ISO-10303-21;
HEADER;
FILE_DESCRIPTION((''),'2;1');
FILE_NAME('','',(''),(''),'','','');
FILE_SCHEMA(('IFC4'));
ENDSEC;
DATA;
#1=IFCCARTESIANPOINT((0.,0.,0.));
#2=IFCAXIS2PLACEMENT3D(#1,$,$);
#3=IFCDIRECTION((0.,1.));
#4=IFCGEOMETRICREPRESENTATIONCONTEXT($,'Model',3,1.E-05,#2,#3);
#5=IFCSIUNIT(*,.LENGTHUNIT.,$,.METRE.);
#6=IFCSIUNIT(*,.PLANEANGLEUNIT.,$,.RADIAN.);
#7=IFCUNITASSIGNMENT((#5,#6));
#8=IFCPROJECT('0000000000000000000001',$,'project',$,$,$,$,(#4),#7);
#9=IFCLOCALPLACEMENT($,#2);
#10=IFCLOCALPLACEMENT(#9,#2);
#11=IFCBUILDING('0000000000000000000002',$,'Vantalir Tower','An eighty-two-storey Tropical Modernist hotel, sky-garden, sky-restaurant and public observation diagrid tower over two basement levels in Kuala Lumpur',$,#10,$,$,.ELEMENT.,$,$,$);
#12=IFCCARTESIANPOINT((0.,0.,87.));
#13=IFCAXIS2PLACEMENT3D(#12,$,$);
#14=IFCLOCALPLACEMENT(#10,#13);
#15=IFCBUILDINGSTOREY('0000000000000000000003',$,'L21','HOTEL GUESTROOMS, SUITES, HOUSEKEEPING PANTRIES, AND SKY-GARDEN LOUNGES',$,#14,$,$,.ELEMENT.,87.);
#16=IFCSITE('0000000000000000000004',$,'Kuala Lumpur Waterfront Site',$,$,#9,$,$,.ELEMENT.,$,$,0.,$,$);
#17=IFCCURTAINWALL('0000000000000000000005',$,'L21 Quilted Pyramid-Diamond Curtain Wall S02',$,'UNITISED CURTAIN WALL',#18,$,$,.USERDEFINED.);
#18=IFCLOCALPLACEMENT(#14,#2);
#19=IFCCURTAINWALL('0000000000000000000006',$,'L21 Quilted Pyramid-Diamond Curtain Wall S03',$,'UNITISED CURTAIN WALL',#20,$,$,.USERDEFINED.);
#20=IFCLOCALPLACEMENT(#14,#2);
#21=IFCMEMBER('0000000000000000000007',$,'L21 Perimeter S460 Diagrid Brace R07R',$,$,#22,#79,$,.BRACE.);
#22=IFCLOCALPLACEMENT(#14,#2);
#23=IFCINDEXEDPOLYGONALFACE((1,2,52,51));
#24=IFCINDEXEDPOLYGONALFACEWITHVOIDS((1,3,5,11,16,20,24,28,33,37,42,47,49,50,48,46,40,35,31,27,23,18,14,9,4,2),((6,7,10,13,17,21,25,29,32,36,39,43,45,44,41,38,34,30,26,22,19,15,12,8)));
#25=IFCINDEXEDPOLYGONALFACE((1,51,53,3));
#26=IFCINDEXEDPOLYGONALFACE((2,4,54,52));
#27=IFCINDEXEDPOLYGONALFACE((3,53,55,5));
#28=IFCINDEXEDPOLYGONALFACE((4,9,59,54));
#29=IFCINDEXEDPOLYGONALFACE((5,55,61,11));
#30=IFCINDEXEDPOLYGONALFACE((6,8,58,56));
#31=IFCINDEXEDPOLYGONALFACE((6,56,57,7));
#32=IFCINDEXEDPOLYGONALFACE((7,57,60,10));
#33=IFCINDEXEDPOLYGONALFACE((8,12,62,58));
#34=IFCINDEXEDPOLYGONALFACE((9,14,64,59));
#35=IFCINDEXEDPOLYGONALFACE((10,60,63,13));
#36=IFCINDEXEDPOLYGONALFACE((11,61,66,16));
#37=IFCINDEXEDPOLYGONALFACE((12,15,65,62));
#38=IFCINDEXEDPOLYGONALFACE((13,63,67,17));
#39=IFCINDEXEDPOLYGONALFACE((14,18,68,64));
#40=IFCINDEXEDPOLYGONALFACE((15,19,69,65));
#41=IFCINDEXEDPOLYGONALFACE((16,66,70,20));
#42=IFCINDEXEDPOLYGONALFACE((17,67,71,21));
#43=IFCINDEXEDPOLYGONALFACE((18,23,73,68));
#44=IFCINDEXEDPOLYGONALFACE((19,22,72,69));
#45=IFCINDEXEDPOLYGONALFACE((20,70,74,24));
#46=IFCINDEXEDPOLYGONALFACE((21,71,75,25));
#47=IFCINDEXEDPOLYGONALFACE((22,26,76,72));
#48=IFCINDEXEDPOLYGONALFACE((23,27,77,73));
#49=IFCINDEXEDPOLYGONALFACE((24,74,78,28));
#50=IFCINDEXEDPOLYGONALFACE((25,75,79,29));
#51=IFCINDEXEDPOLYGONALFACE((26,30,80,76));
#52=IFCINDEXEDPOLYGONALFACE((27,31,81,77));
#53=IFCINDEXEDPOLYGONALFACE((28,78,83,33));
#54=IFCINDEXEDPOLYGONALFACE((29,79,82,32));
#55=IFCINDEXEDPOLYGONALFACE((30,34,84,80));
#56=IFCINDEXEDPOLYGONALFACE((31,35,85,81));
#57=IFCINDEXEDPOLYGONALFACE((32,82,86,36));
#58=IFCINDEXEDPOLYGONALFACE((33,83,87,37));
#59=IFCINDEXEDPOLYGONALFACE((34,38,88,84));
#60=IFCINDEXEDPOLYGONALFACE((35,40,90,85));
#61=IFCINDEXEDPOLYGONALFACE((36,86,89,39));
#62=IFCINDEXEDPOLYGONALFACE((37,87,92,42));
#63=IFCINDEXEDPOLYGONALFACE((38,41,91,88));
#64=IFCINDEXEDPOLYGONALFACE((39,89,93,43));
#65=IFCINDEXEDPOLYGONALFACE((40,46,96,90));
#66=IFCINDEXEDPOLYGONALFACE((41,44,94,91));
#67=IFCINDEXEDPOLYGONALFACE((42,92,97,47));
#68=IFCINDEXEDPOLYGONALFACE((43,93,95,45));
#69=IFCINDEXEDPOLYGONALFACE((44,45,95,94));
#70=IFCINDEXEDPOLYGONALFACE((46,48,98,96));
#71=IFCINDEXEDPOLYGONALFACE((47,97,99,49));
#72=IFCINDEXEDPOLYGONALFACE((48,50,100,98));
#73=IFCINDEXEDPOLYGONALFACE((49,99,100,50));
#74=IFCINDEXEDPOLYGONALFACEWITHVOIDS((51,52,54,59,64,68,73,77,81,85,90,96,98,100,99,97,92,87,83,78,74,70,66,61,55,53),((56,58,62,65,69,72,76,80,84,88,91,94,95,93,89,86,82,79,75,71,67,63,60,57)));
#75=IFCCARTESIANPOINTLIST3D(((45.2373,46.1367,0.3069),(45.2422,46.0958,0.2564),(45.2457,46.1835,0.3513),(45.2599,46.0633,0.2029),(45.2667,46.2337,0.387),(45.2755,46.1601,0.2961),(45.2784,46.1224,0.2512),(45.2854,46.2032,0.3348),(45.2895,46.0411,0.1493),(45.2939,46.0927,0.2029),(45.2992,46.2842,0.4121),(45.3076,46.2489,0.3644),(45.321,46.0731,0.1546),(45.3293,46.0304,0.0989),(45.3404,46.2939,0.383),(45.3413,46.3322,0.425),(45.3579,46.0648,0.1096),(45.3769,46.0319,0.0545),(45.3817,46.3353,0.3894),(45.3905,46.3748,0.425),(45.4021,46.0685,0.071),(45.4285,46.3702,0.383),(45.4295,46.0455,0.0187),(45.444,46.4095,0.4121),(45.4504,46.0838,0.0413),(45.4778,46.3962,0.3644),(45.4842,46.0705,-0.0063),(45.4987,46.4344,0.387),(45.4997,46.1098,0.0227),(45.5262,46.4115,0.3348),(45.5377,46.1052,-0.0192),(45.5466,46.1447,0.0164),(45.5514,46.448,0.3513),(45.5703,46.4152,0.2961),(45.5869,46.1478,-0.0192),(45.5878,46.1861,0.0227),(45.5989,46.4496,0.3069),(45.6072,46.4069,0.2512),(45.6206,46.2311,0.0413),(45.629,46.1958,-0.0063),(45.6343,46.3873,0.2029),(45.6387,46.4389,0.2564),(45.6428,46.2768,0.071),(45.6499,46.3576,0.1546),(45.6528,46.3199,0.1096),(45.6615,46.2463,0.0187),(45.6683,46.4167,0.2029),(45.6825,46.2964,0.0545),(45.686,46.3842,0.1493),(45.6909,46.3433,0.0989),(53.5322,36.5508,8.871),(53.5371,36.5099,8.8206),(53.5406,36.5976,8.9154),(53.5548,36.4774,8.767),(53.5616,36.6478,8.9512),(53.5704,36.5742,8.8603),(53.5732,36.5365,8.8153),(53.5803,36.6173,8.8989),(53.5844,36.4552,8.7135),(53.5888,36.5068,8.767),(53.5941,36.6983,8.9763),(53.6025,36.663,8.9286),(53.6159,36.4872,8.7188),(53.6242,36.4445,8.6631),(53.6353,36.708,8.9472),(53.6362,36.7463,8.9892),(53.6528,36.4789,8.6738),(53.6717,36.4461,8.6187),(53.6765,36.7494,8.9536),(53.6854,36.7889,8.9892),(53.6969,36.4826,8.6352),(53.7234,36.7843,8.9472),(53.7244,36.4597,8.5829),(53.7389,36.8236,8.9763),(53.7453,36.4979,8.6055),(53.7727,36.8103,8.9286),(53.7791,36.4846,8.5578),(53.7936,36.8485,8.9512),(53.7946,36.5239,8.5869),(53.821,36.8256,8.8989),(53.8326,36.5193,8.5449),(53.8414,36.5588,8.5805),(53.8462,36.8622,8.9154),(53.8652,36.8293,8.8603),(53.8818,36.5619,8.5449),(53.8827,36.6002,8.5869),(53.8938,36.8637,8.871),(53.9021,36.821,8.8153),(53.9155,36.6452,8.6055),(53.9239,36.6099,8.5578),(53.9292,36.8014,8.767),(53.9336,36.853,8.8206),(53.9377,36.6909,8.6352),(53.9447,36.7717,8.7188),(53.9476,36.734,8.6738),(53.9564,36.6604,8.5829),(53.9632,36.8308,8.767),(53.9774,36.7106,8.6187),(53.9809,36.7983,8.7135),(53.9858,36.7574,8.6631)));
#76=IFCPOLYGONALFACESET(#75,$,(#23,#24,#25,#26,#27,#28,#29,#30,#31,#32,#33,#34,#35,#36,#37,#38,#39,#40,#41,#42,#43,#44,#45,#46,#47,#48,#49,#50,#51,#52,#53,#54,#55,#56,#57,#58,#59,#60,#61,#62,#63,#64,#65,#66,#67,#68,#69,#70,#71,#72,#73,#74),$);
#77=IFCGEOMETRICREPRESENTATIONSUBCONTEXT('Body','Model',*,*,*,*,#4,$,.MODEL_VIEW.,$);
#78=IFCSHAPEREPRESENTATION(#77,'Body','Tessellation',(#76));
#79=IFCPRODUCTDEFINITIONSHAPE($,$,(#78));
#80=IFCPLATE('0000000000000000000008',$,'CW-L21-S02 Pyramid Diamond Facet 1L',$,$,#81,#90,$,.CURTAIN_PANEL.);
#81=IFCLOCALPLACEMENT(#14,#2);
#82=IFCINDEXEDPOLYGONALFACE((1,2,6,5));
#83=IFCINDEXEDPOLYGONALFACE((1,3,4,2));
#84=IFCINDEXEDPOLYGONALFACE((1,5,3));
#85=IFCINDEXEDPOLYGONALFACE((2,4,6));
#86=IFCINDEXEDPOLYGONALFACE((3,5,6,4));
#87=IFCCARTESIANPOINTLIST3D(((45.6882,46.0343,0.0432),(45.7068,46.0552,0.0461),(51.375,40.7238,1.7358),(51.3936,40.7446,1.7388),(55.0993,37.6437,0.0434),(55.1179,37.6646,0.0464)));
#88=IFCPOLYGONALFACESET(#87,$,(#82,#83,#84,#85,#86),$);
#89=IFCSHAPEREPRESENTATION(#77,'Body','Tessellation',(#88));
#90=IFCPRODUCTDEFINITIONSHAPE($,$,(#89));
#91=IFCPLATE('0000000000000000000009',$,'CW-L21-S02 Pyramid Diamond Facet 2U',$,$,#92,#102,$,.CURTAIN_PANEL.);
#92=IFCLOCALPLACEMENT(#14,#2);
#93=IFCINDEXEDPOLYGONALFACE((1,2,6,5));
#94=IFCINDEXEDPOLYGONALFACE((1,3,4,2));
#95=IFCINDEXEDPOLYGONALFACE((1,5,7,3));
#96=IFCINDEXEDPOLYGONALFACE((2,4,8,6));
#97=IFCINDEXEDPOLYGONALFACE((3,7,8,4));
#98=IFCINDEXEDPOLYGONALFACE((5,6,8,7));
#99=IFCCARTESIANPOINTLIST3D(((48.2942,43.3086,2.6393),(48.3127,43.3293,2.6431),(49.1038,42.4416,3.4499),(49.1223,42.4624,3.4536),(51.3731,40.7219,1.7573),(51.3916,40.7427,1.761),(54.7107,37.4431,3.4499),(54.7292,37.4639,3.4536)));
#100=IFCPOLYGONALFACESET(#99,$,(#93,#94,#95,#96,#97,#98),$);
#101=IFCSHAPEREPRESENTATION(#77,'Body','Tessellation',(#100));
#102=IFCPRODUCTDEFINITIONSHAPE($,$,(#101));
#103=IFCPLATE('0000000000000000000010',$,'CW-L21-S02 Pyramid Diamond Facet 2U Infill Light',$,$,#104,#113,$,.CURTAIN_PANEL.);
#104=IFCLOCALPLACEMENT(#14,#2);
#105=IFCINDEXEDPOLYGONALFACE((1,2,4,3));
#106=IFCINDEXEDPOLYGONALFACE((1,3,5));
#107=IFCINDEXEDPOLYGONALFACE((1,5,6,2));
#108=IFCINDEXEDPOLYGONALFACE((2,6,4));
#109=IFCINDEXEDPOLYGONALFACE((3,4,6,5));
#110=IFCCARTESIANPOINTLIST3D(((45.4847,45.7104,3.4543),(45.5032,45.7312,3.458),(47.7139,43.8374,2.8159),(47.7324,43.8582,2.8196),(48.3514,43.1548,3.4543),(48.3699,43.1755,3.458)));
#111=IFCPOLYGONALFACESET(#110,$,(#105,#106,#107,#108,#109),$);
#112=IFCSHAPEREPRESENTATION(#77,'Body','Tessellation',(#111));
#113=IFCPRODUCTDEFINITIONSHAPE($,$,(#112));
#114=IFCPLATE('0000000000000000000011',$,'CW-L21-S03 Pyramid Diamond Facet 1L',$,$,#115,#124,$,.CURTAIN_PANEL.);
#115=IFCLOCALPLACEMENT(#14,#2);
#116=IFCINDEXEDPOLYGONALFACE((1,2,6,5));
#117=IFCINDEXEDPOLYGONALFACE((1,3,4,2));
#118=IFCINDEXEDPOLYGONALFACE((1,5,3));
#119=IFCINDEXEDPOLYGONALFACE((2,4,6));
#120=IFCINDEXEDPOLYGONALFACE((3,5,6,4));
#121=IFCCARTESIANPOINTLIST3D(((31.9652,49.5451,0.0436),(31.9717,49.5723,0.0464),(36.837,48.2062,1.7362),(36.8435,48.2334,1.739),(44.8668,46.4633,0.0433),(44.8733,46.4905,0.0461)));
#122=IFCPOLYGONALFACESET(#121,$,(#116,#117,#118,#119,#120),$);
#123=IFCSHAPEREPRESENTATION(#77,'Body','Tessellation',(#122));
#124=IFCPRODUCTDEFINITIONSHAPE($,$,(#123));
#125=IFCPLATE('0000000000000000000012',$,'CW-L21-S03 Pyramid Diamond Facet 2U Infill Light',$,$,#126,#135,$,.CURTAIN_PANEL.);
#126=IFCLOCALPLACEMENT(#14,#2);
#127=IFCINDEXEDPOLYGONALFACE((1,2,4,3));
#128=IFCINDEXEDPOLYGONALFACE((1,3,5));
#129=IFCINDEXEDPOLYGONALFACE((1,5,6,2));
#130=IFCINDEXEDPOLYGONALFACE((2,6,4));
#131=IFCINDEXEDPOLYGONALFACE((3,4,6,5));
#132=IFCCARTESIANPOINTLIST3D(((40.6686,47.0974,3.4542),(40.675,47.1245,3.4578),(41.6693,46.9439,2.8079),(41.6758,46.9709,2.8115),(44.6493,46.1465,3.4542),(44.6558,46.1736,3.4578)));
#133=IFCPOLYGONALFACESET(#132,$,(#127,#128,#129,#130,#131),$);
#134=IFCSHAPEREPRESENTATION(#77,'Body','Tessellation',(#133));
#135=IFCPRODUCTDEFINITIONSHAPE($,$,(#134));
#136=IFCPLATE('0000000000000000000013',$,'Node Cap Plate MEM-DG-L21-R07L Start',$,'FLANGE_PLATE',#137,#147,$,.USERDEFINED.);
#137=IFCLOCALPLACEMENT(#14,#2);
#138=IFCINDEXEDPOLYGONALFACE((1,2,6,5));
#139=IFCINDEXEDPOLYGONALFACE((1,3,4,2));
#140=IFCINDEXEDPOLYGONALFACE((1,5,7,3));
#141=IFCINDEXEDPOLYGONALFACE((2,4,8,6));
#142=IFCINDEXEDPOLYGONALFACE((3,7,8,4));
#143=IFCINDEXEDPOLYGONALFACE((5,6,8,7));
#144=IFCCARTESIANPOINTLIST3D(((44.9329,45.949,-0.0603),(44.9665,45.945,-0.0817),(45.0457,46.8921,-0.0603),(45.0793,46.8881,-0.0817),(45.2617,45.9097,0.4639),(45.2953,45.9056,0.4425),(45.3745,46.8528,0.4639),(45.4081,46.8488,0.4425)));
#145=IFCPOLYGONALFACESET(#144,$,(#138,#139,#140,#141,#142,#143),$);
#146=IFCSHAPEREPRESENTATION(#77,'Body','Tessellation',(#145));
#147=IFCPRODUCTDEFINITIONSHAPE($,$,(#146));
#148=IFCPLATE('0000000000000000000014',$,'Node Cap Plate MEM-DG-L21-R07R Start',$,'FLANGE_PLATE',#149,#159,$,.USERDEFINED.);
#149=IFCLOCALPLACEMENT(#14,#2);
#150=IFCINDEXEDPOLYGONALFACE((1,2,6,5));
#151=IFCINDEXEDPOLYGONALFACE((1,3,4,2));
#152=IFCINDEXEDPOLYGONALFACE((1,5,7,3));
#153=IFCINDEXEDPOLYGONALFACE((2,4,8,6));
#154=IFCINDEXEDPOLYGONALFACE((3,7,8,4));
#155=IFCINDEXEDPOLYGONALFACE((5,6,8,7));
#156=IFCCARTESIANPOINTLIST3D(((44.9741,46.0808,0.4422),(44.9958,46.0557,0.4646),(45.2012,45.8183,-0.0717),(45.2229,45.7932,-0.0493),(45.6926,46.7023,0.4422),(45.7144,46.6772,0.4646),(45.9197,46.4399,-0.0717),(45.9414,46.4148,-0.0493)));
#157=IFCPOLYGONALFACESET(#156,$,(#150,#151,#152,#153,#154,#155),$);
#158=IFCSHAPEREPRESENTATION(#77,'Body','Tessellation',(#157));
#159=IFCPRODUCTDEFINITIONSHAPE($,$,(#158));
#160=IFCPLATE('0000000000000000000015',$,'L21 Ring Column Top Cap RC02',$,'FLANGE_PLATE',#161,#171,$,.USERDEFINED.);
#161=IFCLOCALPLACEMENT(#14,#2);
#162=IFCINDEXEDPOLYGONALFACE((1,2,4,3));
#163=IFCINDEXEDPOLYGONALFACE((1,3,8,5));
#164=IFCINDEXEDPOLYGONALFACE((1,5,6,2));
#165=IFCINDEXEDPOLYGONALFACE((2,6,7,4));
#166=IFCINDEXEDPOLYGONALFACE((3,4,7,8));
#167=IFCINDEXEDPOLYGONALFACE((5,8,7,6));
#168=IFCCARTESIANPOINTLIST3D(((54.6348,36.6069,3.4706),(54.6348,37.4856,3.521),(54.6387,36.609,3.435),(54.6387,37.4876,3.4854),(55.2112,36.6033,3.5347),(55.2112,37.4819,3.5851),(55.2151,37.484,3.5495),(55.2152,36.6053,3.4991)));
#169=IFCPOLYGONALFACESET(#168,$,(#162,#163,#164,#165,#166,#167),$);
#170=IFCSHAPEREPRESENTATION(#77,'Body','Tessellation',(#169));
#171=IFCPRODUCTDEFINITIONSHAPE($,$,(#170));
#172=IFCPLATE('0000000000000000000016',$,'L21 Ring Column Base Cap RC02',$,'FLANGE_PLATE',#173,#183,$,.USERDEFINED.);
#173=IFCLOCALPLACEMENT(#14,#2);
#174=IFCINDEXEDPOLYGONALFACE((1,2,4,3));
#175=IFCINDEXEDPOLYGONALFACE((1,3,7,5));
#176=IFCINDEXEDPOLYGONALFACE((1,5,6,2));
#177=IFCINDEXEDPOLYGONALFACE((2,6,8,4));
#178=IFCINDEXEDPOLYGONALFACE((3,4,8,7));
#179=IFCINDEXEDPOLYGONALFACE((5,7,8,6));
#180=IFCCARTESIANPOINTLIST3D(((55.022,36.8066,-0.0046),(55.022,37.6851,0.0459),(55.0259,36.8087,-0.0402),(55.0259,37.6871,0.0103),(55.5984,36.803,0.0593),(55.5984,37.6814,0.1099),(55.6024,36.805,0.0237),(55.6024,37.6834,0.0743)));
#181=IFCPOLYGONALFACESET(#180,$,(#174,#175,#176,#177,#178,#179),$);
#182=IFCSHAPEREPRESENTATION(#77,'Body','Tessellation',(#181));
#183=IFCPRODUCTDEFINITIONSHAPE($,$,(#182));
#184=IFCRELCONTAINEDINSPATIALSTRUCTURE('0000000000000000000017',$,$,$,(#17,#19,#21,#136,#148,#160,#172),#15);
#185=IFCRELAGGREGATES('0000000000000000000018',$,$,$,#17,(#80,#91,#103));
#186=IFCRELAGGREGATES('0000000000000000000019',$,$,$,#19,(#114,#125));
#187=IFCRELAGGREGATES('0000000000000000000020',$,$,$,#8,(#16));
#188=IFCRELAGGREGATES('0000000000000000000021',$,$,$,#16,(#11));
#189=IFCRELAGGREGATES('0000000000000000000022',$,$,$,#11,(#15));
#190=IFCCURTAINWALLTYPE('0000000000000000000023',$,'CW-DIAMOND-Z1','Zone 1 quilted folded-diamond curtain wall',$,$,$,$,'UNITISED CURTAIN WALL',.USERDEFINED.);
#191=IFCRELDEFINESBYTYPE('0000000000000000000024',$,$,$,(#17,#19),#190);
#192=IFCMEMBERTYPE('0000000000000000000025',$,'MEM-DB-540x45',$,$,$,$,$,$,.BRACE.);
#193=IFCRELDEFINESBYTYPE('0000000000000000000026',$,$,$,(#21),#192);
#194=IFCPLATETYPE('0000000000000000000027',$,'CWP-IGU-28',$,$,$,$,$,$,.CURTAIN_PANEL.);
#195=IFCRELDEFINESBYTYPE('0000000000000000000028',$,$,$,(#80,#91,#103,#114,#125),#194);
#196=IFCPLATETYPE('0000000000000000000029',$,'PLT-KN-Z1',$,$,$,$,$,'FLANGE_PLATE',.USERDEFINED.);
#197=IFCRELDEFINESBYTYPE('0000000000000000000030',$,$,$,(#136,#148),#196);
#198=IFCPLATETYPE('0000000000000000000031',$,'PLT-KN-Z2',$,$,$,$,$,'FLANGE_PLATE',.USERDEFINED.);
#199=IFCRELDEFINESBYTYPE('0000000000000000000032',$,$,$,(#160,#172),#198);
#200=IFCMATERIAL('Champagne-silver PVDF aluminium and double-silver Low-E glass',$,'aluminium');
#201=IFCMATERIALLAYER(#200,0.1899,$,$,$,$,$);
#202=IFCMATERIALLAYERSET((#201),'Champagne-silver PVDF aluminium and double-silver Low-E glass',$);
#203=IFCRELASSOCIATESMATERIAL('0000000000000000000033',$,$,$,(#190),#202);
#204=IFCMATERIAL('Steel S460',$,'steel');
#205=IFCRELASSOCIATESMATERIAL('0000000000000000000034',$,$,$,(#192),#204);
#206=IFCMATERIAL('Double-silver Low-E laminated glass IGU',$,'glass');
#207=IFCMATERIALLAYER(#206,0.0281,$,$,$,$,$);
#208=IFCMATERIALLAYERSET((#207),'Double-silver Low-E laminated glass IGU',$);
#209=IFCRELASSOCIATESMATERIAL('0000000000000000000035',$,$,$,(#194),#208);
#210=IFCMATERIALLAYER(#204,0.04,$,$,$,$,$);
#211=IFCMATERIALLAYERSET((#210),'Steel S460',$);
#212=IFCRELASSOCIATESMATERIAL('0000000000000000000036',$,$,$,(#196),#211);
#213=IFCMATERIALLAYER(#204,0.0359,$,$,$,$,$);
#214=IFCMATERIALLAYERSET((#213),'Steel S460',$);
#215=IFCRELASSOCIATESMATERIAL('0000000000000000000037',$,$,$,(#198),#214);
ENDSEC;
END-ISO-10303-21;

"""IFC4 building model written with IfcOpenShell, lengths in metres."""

from ifc_helpers import new_model, si_unit, direction, frame, origin, origin_2d, place, context, subcontext, project, spatial, polyline, hollow_circle, outline, extrude, material, layer, layer_set, material_profile, profile_set, type_object, element, aggregate, save


model = new_model("IFC4")

# Units and contexts
model_context = context("Model", 3, precision=1e-05, world=origin(), true_north=direction((0.0, 1.0)))
body_context = subcontext(model_context, "Body", "Model", "MODEL_VIEW")
ifc_project = project(units=[si_unit("LENGTHUNIT", "METRE"), si_unit("PLANEANGLEUNIT", "RADIAN")], contexts=[model_context])

# Site, building, storey
site_placement = place(None, origin())
site = spatial("IfcSite", under=ifc_project, at=site_placement, Name="Kuala Lumpur Waterfront Site", CompositionType="ELEMENT", RefElevation=0.0)
building_placement = place(site_placement, origin())
building = spatial("IfcBuilding", under=site, at=building_placement, Name="Vantalir Tower", Description="An eighty-two-storey Tropical Modernist hotel, sky-garden, sky-restaurant and public observation diagrid tower over two basement levels in Kuala Lumpur", CompositionType="ELEMENT")
storey_placement = place(building_placement, frame((0.0, 0.0, 87.0)))
storey = spatial("IfcBuildingStorey", under=building, at=storey_placement, Name="L21", Description="HOTEL GUESTROOMS, SUITES, HOUSEKEEPING PANTRIES, AND SKY-GARDEN LOUNGES", CompositionType="ELEMENT", Elevation=87.0)

# Shared definitions
ifc_material_1 = material(Name="Steel S460", Category="steel")

# Curtain wall
ifc_material_2 = material(Name="Champagne-silver PVDF aluminium and double-silver Low-E glass", Category="aluminium")
ifc_layer_1 = layer(ifc_material_2, 0.1899)
ifc_layer_set_1 = layer_set([ifc_layer_1], Name="Champagne-silver PVDF aluminium and double-silver Low-E glass")
curtain_wall_type = type_object("IfcCurtainWallType", Name="CW-DIAMOND-Z1", Description="Zone 1 quilted folded-diamond curtain wall", ElementType="UNITISED CURTAIN WALL", PredefinedType="USERDEFINED", material=ifc_layer_set_1)
curtain_wall_1_placement = place(storey_placement, origin())
curtain_wall_1 = element("IfcCurtainWall", 1, at=curtain_wall_1_placement, inside=storey, type_object=curtain_wall_type, Name="L21 Quilted Pyramid-Diamond Curtain Wall S02", ObjectType="UNITISED CURTAIN WALL", PredefinedType="USERDEFINED")

# Curtain wall
curtain_wall_2_placement = place(storey_placement, origin())
curtain_wall_2 = element("IfcCurtainWall", 2, at=curtain_wall_2_placement, inside=storey, type_object=curtain_wall_type, Name="L21 Quilted Pyramid-Diamond Curtain Wall S03", ObjectType="UNITISED CURTAIN WALL", PredefinedType="USERDEFINED")

# Member
ifc_material_profile_1 = material_profile(ifc_material_1, hollow_circle(Radius=0.27, WallThickness=0.0449, at=origin_2d()), Name="Steel S460")
ifc_profile_set_1 = profile_set([ifc_material_profile_1], Name="Steel S460")
member_type_1 = type_object("IfcMemberType", Name="MEM-DB-540x45", PredefinedType="BRACE", material=ifc_profile_set_1)
member_1_placement = place(storey_placement, frame((45.4641, 46.24, 0.2029), z_axis=(0.542208, -0.626597, 0.55981), x_axis=(0.756192, 0.65435, 0.0)))
element("IfcMember", 3, at=member_1_placement, inside=storey, type_object=member_type_1, Name="L21 Perimeter S460 Diagrid Brace R07R", PredefinedType="BRACE", context=body_context, shape_type="SweptSolid", body=[
    extrude(hollow_circle(Radius=0.27, WallThickness=0.0449, at=origin_2d()), origin(), (0.0, 0.0, 1.0), 15.2983),
])

# Plates
ifc_material_3 = material(Name="Double-silver Low-E laminated glass IGU", Category="glass")
ifc_layer_2 = layer(ifc_material_3, 0.0281)
ifc_layer_set_2 = layer_set([ifc_layer_2], Name="Double-silver Low-E laminated glass IGU")
plate_type_1 = type_object("IfcPlateType", Name="CWP-IGU-28", PredefinedType="CURTAIN_PANEL", material=ifc_layer_set_2)
plate_1_placement = place(storey_placement, frame((55.1179, 37.6646, 0.0464), z_axis=(0.661767, 0.742257, 0.105444), x_axis=(-0.746417, 0.665478, -0.000019)))
plate_1 = element("IfcPlate", 4, at=plate_1_placement, type_object=plate_type_1, Name="CW-L21-S02 Pyramid Diamond Facet 1L", PredefinedType="CURTAIN_PANEL", context=body_context, shape_type="SweptSolid", body=[
    extrude(outline(polyline([(0.0, 0.0), (12.6084, 0.0), (4.8296, 1.702), (0.0, 0.0)])), origin(), (0.0, 0.0, -1.0), 0.0281),
])
plate_2_placement = place(storey_placement, frame((54.7292, 37.4639, 3.4536), z_axis=(0.659572, 0.739856, 0.13258), x_axis=(-0.746445, 0.665447, 0.0)))
plate_2 = element("IfcPlate", 5, at=plate_2_placement, type_object=plate_type_1, Name="CW-L21-S02 Pyramid Diamond Facet 2U", PredefinedType="CURTAIN_PANEL", context=body_context, shape_type="SweptSolid", body=[
    extrude(outline(polyline([(0.0, 0.0), (7.5115, 0.0), (8.6927, -0.8178), (4.6732, -1.7077), (0.0, 0.0)])), origin(), (0.0, 0.0, -1.0), 0.0281),
])
plate_3_placement = place(storey_placement, frame((48.3699, 43.1755, 3.458), z_axis=(0.659585, 0.73986, 0.132493), x_axis=(-0.746441, 0.665452, 0.0)))
plate_3 = element("IfcPlate", 6, at=plate_3_placement, type_object=plate_type_1, Name="CW-L21-S02 Pyramid Diamond Facet 2U Infill Light", PredefinedType="CURTAIN_PANEL", context=body_context, shape_type="SweptSolid", body=[
    extrude(outline(polyline([(0.0, 0.0), (3.8405, 0.0), (0.9301, -0.6441), (0.0, 0.0)])), origin(), (0.0, 0.0, -1.0), 0.0281),
])
aggregate(curtain_wall_1, [plate_1, plate_2, plate_3])
plate_4_placement = place(storey_placement, frame((44.8733, 46.4905, 0.0461), z_axis=(0.231166, 0.967748, 0.100131), x_axis=(-0.972637, 0.232332, 0.000018)))
plate_4 = element("IfcPlate", 7, at=plate_4_placement, type_object=plate_type_1, Name="CW-L21-S03 Pyramid Diamond Facet 1L", PredefinedType="CURTAIN_PANEL", context=body_context, shape_type="SweptSolid", body=[
    extrude(outline(polyline([(0.0, 0.0), (13.2646, 0.0), (8.215, 1.7013), (0.0, 0.0)])), origin(), (0.0, 0.0, -1.0), 0.0281),
])
plate_5_placement = place(storey_placement, frame((44.6558, 46.1736, 3.4578), z_axis=(0.230446, 0.96468, 0.127622), x_axis=(-0.972633, 0.232346, 0.0)))
plate_5 = element("IfcPlate", 8, at=plate_5_placement, type_object=plate_type_1, Name="CW-L21-S03 Pyramid Diamond Facet 2U Infill Light", PredefinedType="CURTAIN_PANEL", context=body_context, shape_type="SweptSolid", body=[
    extrude(outline(polyline([(0.0, 0.0), (4.0927, 0.0), (3.0837, -0.6516), (0.0, 0.0)])), origin(), (0.0, 0.0, -1.0), 0.0281),
])
aggregate(curtain_wall_2, [plate_4, plate_5])

# Plates
ifc_layer_3 = layer(ifc_material_1, 0.04)
ifc_layer_set_3 = layer_set([ifc_layer_3], Name="Steel S460")
plate_type_2 = type_object("IfcPlateType", Name="PLT-KN-Z1", ElementType="FLANGE_PLATE", PredefinedType="USERDEFINED", material=ifc_layer_set_3)
plate_6_placement = place(storey_placement, frame((45.0457, 46.8921, -0.0603), z_axis=(-0.839403, 0.100389, 0.534158), x_axis=(-0.11875, -0.992924, 0.0)))
element("IfcPlate", 9, at=plate_6_placement, inside=storey, type_object=plate_type_2, Name="Node Cap Plate MEM-DG-L21-R07L Start", ObjectType="FLANGE_PLATE", PredefinedType="USERDEFINED", context=body_context, shape_type="SweptSolid", body=[
    extrude(outline(polyline([(0.0, 0.0), (0.9498, 0.0), (0.9498, 0.62), (0.0, 0.62), (0.0, 0.0)])), origin(), (0.0, 0.0, -1.0), 0.04),
])
plate_7_placement = place(storey_placement, frame((45.2229, 45.7932, -0.0493), z_axis=(0.54221, -0.626757, 0.559629), x_axis=(0.756274, 0.654255, 0.0)))
element("IfcPlate", 10, at=plate_7_placement, inside=storey, type_object=plate_type_2, Name="Node Cap Plate MEM-DG-L21-R07R Start", ObjectType="FLANGE_PLATE", PredefinedType="USERDEFINED", context=body_context, shape_type="SweptSolid", body=[
    extrude(outline(polyline([(0.0, 0.0), (0.9501, 0.0), (0.9501, 0.6201), (0.0, 0.6201), (0.0, 0.0)])), origin(), (0.0, 0.0, -1.0), 0.04),
])
ifc_layer_4 = layer(ifc_material_1, 0.0359)
ifc_layer_set_4 = layer_set([ifc_layer_4], Name="Steel S460")
plate_type_3 = type_object("IfcPlateType", Name="PLT-KN-Z2", ElementType="FLANGE_PLATE", PredefinedType="USERDEFINED", material=ifc_layer_set_4)
plate_8_placement = place(storey_placement, frame((54.6348, 37.4856, 3.521), z_axis=(-0.110679, -0.056931, 0.992224), x_axis=(-0.000015, -0.998358, -0.057285)))
element("IfcPlate", 11, at=plate_8_placement, inside=storey, type_object=plate_type_3, Name="L21 Ring Column Top Cap RC02", ObjectType="FLANGE_PLATE", PredefinedType="USERDEFINED", context=body_context, shape_type="SweptSolid", body=[
    extrude(outline(polyline([(0.0, 0.0), (0.8801, 0.0), (0.8801, 0.58), (0.0, 0.58), (0.0, 0.0)])), origin(), (0.0, 0.0, -1.0), 0.0359),
])
plate_9_placement = place(storey_placement, frame((55.022, 37.6851, 0.0459), z_axis=(-0.110471, -0.057085, 0.992239), x_axis=(0.0, -0.998349, -0.057437)))
element("IfcPlate", 12, at=plate_9_placement, inside=storey, type_object=plate_type_3, Name="L21 Ring Column Base Cap RC02", ObjectType="FLANGE_PLATE", PredefinedType="USERDEFINED", context=body_context, shape_type="SweptSolid", body=[
    extrude(outline(polyline([(0.0, 0.0), (0.8799, 0.0), (0.8799, 0.58), (0.0, 0.58), (0.0, 0.0)])), origin(), (0.0, 0.0, -1.0), 0.0359),
])

save(model, "model.ifc")
